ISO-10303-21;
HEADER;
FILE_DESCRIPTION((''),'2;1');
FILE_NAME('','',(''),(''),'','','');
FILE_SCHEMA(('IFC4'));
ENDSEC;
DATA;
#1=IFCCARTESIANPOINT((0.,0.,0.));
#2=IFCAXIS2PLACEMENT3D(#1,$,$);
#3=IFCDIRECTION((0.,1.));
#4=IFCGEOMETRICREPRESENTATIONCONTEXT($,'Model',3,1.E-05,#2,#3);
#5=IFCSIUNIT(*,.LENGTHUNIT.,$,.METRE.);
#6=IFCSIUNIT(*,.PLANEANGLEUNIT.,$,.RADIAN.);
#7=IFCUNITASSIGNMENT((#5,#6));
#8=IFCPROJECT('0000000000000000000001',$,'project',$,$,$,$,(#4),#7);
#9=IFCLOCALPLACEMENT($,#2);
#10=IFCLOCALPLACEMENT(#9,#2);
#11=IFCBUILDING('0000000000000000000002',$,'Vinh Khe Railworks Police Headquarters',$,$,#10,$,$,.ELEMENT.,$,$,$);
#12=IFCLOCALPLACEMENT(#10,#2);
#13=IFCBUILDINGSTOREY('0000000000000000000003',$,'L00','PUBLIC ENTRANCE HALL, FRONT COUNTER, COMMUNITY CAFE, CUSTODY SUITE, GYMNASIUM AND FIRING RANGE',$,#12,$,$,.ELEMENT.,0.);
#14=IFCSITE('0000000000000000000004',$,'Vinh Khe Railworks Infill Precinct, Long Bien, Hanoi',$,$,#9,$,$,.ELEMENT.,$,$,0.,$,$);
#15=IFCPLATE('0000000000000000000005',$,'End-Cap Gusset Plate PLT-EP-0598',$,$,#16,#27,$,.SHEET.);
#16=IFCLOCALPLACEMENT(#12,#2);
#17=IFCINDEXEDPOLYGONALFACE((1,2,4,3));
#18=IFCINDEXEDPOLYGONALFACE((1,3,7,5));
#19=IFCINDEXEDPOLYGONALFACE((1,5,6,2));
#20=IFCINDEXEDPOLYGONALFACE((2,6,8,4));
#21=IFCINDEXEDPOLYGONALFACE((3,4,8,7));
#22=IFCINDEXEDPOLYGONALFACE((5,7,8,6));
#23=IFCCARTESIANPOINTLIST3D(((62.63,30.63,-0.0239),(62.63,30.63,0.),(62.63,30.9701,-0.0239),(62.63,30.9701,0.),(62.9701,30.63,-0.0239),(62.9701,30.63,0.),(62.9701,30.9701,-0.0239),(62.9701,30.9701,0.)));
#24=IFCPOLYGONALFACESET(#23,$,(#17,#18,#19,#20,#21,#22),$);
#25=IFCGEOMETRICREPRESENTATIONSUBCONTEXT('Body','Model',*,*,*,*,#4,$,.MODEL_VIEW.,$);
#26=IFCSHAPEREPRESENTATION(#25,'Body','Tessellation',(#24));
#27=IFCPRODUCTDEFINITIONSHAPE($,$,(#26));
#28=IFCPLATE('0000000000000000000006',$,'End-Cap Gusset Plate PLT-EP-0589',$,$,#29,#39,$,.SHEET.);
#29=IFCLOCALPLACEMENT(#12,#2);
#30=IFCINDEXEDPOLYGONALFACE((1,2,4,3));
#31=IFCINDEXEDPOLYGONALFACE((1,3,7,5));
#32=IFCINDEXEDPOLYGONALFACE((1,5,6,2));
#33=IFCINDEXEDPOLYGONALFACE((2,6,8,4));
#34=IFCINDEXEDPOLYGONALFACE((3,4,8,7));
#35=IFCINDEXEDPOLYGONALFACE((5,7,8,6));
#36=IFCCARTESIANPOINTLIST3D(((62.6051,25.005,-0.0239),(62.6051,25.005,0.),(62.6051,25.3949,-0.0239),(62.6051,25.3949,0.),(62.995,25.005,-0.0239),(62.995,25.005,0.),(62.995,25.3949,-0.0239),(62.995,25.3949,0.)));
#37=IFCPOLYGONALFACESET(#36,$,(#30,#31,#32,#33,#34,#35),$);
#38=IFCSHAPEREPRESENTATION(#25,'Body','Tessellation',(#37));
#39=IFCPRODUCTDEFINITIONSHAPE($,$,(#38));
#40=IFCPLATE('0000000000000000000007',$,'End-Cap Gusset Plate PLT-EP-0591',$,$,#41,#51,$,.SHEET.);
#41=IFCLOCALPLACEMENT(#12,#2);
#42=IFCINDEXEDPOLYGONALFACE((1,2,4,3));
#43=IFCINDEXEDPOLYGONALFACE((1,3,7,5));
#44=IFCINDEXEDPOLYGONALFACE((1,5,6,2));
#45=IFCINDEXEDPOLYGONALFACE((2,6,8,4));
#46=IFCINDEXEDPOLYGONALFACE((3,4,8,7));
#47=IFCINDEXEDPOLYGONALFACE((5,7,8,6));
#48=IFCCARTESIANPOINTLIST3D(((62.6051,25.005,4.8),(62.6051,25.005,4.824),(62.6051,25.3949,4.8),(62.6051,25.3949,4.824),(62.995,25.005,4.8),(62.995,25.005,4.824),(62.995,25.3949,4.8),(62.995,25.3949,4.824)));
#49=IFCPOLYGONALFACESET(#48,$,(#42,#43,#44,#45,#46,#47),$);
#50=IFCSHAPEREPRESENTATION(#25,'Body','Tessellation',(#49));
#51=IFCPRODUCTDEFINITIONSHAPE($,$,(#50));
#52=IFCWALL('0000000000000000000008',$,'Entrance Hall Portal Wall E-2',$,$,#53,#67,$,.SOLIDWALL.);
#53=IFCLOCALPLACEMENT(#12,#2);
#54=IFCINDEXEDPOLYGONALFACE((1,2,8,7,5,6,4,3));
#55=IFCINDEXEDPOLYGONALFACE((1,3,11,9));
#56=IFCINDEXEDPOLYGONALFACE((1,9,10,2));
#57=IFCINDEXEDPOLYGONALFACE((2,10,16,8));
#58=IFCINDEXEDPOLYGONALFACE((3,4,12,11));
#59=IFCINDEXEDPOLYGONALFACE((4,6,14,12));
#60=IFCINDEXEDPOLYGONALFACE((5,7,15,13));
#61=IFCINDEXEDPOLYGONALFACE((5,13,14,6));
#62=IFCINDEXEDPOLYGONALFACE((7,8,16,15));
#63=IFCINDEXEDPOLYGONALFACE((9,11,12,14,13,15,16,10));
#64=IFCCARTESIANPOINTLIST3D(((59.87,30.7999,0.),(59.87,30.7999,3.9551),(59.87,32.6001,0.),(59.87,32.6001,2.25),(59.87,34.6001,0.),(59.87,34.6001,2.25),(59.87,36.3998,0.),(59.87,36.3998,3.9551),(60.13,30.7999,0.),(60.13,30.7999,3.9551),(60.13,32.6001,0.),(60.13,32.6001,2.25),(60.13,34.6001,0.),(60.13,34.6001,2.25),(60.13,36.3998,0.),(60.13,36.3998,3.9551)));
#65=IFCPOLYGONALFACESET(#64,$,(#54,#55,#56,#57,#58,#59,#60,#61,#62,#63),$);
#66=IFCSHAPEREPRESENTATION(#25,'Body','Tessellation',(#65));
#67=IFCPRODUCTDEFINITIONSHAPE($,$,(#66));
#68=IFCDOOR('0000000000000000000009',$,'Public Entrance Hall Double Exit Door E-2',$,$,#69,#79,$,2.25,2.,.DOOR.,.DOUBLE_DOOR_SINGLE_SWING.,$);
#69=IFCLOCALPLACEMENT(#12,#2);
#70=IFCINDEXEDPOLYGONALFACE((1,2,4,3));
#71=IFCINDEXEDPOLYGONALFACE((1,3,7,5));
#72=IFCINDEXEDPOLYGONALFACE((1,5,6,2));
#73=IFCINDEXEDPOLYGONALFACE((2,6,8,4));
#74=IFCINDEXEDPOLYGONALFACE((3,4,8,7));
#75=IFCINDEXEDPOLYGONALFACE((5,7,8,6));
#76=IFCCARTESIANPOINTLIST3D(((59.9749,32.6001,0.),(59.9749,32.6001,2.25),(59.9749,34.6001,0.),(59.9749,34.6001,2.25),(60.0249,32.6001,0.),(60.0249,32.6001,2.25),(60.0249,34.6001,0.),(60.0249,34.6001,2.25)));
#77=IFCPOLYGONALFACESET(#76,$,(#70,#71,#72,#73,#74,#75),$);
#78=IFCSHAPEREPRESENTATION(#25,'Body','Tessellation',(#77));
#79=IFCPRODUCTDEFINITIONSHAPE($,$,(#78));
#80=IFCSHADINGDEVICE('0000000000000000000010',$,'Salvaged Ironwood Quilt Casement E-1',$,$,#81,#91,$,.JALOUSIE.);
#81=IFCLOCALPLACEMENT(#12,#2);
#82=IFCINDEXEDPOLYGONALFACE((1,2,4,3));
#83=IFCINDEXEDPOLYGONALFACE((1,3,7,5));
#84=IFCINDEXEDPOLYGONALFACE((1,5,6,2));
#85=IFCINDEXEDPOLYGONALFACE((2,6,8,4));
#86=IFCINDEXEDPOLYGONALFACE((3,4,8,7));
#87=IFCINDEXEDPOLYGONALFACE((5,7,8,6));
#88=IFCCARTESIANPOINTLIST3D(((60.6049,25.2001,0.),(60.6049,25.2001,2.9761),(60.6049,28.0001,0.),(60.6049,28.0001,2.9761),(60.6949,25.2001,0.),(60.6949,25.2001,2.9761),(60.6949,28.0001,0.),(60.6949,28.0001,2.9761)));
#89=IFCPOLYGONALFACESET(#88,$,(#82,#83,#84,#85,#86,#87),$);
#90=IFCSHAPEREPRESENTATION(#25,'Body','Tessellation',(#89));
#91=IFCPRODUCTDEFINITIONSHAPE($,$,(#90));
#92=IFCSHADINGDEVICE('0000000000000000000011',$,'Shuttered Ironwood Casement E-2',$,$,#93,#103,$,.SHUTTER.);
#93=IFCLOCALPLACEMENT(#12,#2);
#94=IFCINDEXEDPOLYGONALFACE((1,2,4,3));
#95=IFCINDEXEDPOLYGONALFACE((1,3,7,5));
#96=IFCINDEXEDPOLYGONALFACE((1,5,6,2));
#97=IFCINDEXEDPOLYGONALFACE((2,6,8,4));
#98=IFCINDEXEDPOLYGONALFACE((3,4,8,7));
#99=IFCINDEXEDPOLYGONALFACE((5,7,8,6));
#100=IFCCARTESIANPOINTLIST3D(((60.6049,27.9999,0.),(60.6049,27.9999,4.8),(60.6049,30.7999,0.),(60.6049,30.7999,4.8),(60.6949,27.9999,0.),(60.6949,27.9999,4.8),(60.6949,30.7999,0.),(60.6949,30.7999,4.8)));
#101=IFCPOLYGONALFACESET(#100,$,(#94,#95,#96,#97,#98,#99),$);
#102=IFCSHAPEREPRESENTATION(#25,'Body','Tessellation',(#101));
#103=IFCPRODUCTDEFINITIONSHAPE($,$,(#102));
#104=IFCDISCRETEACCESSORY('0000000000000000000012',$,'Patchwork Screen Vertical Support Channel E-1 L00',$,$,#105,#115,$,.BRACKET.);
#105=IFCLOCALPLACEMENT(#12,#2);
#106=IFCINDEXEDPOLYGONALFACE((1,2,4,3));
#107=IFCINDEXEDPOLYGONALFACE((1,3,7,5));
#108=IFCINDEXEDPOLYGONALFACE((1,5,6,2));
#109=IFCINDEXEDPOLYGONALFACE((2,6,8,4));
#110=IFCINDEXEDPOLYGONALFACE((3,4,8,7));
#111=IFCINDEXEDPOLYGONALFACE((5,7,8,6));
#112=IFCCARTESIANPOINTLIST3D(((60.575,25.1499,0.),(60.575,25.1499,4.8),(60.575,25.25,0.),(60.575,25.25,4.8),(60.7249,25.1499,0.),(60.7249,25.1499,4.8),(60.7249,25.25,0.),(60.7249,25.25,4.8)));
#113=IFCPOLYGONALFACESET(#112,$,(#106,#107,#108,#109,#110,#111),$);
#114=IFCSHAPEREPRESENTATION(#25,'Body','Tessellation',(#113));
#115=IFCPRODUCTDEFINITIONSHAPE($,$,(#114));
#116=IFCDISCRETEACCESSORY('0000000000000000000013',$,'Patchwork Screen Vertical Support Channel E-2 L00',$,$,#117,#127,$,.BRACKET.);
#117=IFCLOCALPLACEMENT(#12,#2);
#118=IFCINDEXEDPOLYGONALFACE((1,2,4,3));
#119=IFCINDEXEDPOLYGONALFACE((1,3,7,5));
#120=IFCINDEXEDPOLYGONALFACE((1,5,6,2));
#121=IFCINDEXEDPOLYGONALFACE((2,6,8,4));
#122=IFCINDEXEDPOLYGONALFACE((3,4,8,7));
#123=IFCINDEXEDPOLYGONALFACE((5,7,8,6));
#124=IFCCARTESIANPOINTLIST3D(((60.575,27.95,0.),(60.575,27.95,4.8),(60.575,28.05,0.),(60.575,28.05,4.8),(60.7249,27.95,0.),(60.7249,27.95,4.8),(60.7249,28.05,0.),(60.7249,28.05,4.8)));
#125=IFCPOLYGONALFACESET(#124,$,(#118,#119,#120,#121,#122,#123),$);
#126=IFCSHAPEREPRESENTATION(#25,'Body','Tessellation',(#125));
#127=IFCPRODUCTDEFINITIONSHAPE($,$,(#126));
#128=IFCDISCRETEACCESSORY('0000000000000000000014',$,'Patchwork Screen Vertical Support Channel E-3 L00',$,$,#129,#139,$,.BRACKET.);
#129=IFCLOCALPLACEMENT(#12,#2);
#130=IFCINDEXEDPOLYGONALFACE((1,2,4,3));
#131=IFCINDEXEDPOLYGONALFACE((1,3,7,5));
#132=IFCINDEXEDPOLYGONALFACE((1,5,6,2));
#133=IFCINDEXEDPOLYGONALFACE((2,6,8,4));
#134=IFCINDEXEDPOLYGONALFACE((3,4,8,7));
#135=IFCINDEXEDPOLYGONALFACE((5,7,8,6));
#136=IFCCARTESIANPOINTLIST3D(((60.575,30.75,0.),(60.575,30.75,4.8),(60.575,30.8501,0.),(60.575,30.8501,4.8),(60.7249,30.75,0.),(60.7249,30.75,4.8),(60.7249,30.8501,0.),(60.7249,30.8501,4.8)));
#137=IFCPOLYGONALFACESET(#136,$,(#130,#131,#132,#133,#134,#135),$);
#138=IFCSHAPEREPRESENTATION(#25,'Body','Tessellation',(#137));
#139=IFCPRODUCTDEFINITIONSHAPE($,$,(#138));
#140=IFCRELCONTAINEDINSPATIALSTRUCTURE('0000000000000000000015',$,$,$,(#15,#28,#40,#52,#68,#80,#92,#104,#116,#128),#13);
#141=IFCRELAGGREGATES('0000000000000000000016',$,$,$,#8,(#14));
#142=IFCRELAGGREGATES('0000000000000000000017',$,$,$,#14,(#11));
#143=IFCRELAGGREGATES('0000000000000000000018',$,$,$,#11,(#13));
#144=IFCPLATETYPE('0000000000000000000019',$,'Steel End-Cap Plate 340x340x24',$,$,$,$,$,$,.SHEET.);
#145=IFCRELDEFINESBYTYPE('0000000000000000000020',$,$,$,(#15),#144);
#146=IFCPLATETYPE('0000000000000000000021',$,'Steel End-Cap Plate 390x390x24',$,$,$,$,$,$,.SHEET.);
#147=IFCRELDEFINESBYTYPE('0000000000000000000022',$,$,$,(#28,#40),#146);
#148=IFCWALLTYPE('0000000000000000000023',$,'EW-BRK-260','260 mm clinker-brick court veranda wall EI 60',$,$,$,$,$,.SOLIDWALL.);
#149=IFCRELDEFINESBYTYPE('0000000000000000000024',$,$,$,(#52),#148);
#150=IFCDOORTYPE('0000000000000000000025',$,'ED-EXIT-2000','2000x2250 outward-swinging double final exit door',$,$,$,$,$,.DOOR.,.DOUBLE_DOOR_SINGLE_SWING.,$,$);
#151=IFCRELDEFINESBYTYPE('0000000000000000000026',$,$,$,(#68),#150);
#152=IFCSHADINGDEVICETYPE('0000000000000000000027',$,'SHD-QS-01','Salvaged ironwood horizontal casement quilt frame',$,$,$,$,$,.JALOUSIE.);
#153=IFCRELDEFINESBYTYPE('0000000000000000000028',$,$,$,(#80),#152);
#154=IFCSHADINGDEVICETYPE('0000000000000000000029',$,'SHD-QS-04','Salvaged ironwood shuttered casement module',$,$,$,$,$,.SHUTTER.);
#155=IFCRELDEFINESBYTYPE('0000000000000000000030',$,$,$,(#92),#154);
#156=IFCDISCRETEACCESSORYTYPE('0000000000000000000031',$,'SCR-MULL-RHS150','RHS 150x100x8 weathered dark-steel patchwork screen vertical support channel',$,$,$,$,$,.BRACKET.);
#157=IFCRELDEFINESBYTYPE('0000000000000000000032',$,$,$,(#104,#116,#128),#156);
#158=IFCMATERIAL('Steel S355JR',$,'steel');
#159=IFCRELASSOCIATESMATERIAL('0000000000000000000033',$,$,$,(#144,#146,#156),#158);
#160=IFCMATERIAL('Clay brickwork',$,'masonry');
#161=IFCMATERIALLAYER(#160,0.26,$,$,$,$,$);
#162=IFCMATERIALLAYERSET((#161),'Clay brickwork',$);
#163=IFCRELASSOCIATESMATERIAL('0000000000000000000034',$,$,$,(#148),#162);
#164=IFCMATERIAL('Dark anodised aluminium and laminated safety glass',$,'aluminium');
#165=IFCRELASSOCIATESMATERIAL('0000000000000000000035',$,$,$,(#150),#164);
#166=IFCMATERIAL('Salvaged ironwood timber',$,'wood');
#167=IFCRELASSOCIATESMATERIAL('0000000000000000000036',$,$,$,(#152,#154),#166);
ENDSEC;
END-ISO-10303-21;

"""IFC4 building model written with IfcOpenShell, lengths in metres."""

from ifc_helpers import new_model, si_unit, direction, frame, frame_2d, origin, origin_2d, place, context, subcontext, project, spatial, rectangle, extrude, material, layer, layer_set, material_profile, profile_set, type_object, element, fill, save


model = new_model("IFC4")

# Units and contexts
model_context = context("Model", 3, precision=1e-05, world=origin(), true_north=direction((0.0, 1.0)))
body_context = subcontext(model_context, "Body", "Model", "MODEL_VIEW")
ifc_project = project(units=[si_unit("LENGTHUNIT", "METRE"), si_unit("PLANEANGLEUNIT", "RADIAN")], contexts=[model_context])

# Site, building, storey
site_placement = place(None, origin())
site = spatial("IfcSite", under=ifc_project, at=site_placement, Name="Vinh Khe Railworks Infill Precinct, Long Bien, Hanoi", CompositionType="ELEMENT", RefElevation=0.0)
building_placement = place(site_placement, origin())
building = spatial("IfcBuilding", under=site, at=building_placement, Name="Vinh Khe Railworks Police Headquarters", CompositionType="ELEMENT")
storey_placement = place(building_placement, origin())
storey = spatial("IfcBuildingStorey", under=building, at=storey_placement, Name="L00", Description="PUBLIC ENTRANCE HALL, FRONT COUNTER, COMMUNITY CAFE, CUSTODY SUITE, GYMNASIUM AND FIRING RANGE", CompositionType="ELEMENT", Elevation=0.0)

# Shared definitions
ifc_material_1 = material(Name="Steel S355JR", Category="steel")

# Shared definitions
ifc_material_2 = material(Name="Salvaged ironwood timber", Category="wood")

# Plates
ifc_material_profile_1 = material_profile(ifc_material_1, rectangle(XDim=0.3401, YDim=0.3401, at=origin_2d()), Name="PL 340x340")
ifc_profile_set_1 = profile_set([ifc_material_profile_1], Name="Steel S355JR")
plate_type_1 = type_object("IfcPlateType", Name="Steel End-Cap Plate 340x340x24", PredefinedType="SHEET", material=ifc_profile_set_1)
plate_1_placement = place(storey_placement, frame((62.8, 30.8, 0.0), z_axis=(0.0, 0.0, -1.0), x_axis=(1.0, 0.0, 0.0)))
element("IfcPlate", 1, at=plate_1_placement, inside=storey, type_object=plate_type_1, Name="End-Cap Gusset Plate PLT-EP-0598", PredefinedType="SHEET", context=body_context, shape_type="SweptSolid", body=[
    extrude(rectangle(XDim=0.3401, YDim=0.3401, at=origin_2d()), origin(), (0.0, 0.0, 1.0), 0.0239),
])
ifc_material_profile_2 = material_profile(ifc_material_1, rectangle(XDim=0.3899, YDim=0.3899, at=origin_2d()), Name="PL 390x390")
ifc_profile_set_2 = profile_set([ifc_material_profile_2], Name="Steel S355JR")
plate_type_2 = type_object("IfcPlateType", Name="Steel End-Cap Plate 390x390x24", PredefinedType="SHEET", material=ifc_profile_set_2)
for number, where, z_axis, x_axis, name in (
    (2, (62.8, 25.2, 0.0), (0.0, 0.0, -1.0), (1.0, 0.0, 0.0), "End-Cap Gusset Plate PLT-EP-0589"),
    (3, (62.8, 25.2, 4.8), (0.0, 0.0, 1.0), (1.0, 0.0, 0.0), "End-Cap Gusset Plate PLT-EP-0591"),
):
    element("IfcPlate", number, at=place(storey_placement, frame(where, z_axis=z_axis, x_axis=x_axis)), inside=storey, type_object=plate_type_2, Name=name, PredefinedType="SHEET", context=body_context, shape_type="SweptSolid", body=[
        extrude(rectangle(XDim=0.3899, YDim=0.3899, at=origin_2d()), origin(), (0.0, 0.0, 1.0), 0.0239),
    ])

# Wall, opening, door
ifc_material_3 = material(Name="Clay brickwork", Category="masonry")
ifc_layer_1 = layer(ifc_material_3, 0.26)
ifc_layer_set_1 = layer_set([ifc_layer_1], Name="Clay brickwork")
wall_type = type_object("IfcWallType", Name="EW-BRK-260", Description="260 mm clinker-brick court veranda wall EI 60", PredefinedType="SOLIDWALL", material=ifc_layer_set_1)
wall_placement = place(storey_placement, frame((60.0, 30.8, 0.0), z_axis=(0.0, 0.0, 1.0), x_axis=(0.0, 1.0, 0.0)))
wall = element("IfcWall", 4, at=wall_placement, inside=storey, type_object=wall_type, Name="Entrance Hall Portal Wall E-2", PredefinedType="SOLIDWALL", context=body_context, shape_type="SweptSolid", body=[
    extrude(rectangle(XDim=5.5999, YDim=0.26, at=frame_2d((2.7998, 0.0))), origin(), (0.0, 0.0, 1.0), 3.9551),
])
opening_placement = place(wall_placement, frame((1.8, 0.0, 0.0)))
opening = element("IfcOpeningElement", 5, at=opening_placement, cuts=wall, PredefinedType="OPENING", context=body_context, shape_type="SweptSolid", body=[
    extrude(rectangle(XDim=2.0, YDim=2.25, at=frame_2d((1.0, 1.125))), frame((0.0, 0.145, 0.0), z_axis=(0.0, -1.0, 0.0), x_axis=(1.0, 0.0, 0.0)), (0.0, 0.0, 1.0), 0.2898),
])
ifc_material_4 = material(Name="Dark anodised aluminium and laminated safety glass", Category="aluminium")
door_type = type_object("IfcDoorType", Name="ED-EXIT-2000", Description="2000x2250 outward-swinging double final exit door", OperationType="DOUBLE_DOOR_SINGLE_SWING", PredefinedType="DOOR", material=ifc_material_4)
door_placement = place(opening_placement, frame((2.0, 0.0, 0.0), z_axis=(0.0, 0.0, 1.0), x_axis=(-1.0, 0.0, 0.0)))
door = element("IfcDoor", 6, at=door_placement, inside=storey, type_object=door_type, Name="Public Entrance Hall Double Exit Door E-2", OperationType="DOUBLE_DOOR_SINGLE_SWING", OverallHeight=2.25, OverallWidth=2.0, PredefinedType="DOOR", context=body_context, shape_type="SweptSolid", body=[
    extrude(rectangle(XDim=2.0, YDim=2.25, at=frame_2d((1.0, 1.125))), frame((0.0, 0.0249, 0.0), z_axis=(0.0, -1.0, 0.0), x_axis=(1.0, 0.0, 0.0)), (0.0, 0.0, 1.0), 0.05),
])
fill(opening, door)

# Shading devices
shading_device_type_1 = type_object("IfcShadingDeviceType", Name="SHD-QS-01", Description="Salvaged ironwood horizontal casement quilt frame", PredefinedType="JALOUSIE", material=ifc_material_2)
shading_device_1_placement = place(storey_placement, frame((60.6499, 26.6001, 0.0), z_axis=(0.0, 0.0, 1.0), x_axis=(0.0, 1.0, 0.0)))
element("IfcShadingDevice", 7, at=shading_device_1_placement, inside=storey, type_object=shading_device_type_1, Name="Salvaged Ironwood Quilt Casement E-1", PredefinedType="JALOUSIE", context=body_context, shape_type="SweptSolid", body=[
    extrude(rectangle(XDim=2.8, YDim=0.0901, at=origin_2d()), origin(), (0.0, 0.0, 1.0), 2.9761),
])
shading_device_type_2 = type_object("IfcShadingDeviceType", Name="SHD-QS-04", Description="Salvaged ironwood shuttered casement module", PredefinedType="SHUTTER", material=ifc_material_2)
shading_device_2_placement = place(storey_placement, frame((60.6499, 29.3999, 0.0), z_axis=(0.0, 0.0, 1.0), x_axis=(0.0, 1.0, 0.0)))
element("IfcShadingDevice", 8, at=shading_device_2_placement, inside=storey, type_object=shading_device_type_2, Name="Shuttered Ironwood Casement E-2", PredefinedType="SHUTTER", context=body_context, shape_type="SweptSolid", body=[
    extrude(rectangle(XDim=2.8, YDim=0.0901, at=origin_2d()), origin(), (0.0, 0.0, 1.0), 4.8),
])

# Discrete accessories
discrete_accessory_type = type_object("IfcDiscreteAccessoryType", Name="SCR-MULL-RHS150", Description="RHS 150x100x8 weathered dark-steel patchwork screen vertical support channel", PredefinedType="BRACKET", material=ifc_material_1)
for number, where, z_axis, x_axis, name in (
    (9, (60.6499, 25.2, 0.0), (0.0, 0.0, 1.0), (1.0, 0.0, 0.0), "Patchwork Screen Vertical Support Channel E-1 L00"),
    (10, (60.6499, 28.0, 0.0), (0.0, 0.0, 1.0), (1.0, 0.0, 0.0), "Patchwork Screen Vertical Support Channel E-2 L00"),
    (11, (60.6499, 30.8, 0.0), (0.0, 0.0, 1.0), (1.0, 0.0, 0.0), "Patchwork Screen Vertical Support Channel E-3 L00"),
):
    element("IfcDiscreteAccessory", number, at=place(storey_placement, frame(where, z_axis=z_axis, x_axis=x_axis)), inside=storey, type_object=discrete_accessory_type, Name=name, PredefinedType="BRACKET", context=body_context, shape_type="SweptSolid", body=[
        extrude(rectangle(XDim=0.1499, YDim=0.1001, at=origin_2d()), origin(), (0.0, 0.0, 1.0), 4.8),
    ])

save(model, "model.ifc")
